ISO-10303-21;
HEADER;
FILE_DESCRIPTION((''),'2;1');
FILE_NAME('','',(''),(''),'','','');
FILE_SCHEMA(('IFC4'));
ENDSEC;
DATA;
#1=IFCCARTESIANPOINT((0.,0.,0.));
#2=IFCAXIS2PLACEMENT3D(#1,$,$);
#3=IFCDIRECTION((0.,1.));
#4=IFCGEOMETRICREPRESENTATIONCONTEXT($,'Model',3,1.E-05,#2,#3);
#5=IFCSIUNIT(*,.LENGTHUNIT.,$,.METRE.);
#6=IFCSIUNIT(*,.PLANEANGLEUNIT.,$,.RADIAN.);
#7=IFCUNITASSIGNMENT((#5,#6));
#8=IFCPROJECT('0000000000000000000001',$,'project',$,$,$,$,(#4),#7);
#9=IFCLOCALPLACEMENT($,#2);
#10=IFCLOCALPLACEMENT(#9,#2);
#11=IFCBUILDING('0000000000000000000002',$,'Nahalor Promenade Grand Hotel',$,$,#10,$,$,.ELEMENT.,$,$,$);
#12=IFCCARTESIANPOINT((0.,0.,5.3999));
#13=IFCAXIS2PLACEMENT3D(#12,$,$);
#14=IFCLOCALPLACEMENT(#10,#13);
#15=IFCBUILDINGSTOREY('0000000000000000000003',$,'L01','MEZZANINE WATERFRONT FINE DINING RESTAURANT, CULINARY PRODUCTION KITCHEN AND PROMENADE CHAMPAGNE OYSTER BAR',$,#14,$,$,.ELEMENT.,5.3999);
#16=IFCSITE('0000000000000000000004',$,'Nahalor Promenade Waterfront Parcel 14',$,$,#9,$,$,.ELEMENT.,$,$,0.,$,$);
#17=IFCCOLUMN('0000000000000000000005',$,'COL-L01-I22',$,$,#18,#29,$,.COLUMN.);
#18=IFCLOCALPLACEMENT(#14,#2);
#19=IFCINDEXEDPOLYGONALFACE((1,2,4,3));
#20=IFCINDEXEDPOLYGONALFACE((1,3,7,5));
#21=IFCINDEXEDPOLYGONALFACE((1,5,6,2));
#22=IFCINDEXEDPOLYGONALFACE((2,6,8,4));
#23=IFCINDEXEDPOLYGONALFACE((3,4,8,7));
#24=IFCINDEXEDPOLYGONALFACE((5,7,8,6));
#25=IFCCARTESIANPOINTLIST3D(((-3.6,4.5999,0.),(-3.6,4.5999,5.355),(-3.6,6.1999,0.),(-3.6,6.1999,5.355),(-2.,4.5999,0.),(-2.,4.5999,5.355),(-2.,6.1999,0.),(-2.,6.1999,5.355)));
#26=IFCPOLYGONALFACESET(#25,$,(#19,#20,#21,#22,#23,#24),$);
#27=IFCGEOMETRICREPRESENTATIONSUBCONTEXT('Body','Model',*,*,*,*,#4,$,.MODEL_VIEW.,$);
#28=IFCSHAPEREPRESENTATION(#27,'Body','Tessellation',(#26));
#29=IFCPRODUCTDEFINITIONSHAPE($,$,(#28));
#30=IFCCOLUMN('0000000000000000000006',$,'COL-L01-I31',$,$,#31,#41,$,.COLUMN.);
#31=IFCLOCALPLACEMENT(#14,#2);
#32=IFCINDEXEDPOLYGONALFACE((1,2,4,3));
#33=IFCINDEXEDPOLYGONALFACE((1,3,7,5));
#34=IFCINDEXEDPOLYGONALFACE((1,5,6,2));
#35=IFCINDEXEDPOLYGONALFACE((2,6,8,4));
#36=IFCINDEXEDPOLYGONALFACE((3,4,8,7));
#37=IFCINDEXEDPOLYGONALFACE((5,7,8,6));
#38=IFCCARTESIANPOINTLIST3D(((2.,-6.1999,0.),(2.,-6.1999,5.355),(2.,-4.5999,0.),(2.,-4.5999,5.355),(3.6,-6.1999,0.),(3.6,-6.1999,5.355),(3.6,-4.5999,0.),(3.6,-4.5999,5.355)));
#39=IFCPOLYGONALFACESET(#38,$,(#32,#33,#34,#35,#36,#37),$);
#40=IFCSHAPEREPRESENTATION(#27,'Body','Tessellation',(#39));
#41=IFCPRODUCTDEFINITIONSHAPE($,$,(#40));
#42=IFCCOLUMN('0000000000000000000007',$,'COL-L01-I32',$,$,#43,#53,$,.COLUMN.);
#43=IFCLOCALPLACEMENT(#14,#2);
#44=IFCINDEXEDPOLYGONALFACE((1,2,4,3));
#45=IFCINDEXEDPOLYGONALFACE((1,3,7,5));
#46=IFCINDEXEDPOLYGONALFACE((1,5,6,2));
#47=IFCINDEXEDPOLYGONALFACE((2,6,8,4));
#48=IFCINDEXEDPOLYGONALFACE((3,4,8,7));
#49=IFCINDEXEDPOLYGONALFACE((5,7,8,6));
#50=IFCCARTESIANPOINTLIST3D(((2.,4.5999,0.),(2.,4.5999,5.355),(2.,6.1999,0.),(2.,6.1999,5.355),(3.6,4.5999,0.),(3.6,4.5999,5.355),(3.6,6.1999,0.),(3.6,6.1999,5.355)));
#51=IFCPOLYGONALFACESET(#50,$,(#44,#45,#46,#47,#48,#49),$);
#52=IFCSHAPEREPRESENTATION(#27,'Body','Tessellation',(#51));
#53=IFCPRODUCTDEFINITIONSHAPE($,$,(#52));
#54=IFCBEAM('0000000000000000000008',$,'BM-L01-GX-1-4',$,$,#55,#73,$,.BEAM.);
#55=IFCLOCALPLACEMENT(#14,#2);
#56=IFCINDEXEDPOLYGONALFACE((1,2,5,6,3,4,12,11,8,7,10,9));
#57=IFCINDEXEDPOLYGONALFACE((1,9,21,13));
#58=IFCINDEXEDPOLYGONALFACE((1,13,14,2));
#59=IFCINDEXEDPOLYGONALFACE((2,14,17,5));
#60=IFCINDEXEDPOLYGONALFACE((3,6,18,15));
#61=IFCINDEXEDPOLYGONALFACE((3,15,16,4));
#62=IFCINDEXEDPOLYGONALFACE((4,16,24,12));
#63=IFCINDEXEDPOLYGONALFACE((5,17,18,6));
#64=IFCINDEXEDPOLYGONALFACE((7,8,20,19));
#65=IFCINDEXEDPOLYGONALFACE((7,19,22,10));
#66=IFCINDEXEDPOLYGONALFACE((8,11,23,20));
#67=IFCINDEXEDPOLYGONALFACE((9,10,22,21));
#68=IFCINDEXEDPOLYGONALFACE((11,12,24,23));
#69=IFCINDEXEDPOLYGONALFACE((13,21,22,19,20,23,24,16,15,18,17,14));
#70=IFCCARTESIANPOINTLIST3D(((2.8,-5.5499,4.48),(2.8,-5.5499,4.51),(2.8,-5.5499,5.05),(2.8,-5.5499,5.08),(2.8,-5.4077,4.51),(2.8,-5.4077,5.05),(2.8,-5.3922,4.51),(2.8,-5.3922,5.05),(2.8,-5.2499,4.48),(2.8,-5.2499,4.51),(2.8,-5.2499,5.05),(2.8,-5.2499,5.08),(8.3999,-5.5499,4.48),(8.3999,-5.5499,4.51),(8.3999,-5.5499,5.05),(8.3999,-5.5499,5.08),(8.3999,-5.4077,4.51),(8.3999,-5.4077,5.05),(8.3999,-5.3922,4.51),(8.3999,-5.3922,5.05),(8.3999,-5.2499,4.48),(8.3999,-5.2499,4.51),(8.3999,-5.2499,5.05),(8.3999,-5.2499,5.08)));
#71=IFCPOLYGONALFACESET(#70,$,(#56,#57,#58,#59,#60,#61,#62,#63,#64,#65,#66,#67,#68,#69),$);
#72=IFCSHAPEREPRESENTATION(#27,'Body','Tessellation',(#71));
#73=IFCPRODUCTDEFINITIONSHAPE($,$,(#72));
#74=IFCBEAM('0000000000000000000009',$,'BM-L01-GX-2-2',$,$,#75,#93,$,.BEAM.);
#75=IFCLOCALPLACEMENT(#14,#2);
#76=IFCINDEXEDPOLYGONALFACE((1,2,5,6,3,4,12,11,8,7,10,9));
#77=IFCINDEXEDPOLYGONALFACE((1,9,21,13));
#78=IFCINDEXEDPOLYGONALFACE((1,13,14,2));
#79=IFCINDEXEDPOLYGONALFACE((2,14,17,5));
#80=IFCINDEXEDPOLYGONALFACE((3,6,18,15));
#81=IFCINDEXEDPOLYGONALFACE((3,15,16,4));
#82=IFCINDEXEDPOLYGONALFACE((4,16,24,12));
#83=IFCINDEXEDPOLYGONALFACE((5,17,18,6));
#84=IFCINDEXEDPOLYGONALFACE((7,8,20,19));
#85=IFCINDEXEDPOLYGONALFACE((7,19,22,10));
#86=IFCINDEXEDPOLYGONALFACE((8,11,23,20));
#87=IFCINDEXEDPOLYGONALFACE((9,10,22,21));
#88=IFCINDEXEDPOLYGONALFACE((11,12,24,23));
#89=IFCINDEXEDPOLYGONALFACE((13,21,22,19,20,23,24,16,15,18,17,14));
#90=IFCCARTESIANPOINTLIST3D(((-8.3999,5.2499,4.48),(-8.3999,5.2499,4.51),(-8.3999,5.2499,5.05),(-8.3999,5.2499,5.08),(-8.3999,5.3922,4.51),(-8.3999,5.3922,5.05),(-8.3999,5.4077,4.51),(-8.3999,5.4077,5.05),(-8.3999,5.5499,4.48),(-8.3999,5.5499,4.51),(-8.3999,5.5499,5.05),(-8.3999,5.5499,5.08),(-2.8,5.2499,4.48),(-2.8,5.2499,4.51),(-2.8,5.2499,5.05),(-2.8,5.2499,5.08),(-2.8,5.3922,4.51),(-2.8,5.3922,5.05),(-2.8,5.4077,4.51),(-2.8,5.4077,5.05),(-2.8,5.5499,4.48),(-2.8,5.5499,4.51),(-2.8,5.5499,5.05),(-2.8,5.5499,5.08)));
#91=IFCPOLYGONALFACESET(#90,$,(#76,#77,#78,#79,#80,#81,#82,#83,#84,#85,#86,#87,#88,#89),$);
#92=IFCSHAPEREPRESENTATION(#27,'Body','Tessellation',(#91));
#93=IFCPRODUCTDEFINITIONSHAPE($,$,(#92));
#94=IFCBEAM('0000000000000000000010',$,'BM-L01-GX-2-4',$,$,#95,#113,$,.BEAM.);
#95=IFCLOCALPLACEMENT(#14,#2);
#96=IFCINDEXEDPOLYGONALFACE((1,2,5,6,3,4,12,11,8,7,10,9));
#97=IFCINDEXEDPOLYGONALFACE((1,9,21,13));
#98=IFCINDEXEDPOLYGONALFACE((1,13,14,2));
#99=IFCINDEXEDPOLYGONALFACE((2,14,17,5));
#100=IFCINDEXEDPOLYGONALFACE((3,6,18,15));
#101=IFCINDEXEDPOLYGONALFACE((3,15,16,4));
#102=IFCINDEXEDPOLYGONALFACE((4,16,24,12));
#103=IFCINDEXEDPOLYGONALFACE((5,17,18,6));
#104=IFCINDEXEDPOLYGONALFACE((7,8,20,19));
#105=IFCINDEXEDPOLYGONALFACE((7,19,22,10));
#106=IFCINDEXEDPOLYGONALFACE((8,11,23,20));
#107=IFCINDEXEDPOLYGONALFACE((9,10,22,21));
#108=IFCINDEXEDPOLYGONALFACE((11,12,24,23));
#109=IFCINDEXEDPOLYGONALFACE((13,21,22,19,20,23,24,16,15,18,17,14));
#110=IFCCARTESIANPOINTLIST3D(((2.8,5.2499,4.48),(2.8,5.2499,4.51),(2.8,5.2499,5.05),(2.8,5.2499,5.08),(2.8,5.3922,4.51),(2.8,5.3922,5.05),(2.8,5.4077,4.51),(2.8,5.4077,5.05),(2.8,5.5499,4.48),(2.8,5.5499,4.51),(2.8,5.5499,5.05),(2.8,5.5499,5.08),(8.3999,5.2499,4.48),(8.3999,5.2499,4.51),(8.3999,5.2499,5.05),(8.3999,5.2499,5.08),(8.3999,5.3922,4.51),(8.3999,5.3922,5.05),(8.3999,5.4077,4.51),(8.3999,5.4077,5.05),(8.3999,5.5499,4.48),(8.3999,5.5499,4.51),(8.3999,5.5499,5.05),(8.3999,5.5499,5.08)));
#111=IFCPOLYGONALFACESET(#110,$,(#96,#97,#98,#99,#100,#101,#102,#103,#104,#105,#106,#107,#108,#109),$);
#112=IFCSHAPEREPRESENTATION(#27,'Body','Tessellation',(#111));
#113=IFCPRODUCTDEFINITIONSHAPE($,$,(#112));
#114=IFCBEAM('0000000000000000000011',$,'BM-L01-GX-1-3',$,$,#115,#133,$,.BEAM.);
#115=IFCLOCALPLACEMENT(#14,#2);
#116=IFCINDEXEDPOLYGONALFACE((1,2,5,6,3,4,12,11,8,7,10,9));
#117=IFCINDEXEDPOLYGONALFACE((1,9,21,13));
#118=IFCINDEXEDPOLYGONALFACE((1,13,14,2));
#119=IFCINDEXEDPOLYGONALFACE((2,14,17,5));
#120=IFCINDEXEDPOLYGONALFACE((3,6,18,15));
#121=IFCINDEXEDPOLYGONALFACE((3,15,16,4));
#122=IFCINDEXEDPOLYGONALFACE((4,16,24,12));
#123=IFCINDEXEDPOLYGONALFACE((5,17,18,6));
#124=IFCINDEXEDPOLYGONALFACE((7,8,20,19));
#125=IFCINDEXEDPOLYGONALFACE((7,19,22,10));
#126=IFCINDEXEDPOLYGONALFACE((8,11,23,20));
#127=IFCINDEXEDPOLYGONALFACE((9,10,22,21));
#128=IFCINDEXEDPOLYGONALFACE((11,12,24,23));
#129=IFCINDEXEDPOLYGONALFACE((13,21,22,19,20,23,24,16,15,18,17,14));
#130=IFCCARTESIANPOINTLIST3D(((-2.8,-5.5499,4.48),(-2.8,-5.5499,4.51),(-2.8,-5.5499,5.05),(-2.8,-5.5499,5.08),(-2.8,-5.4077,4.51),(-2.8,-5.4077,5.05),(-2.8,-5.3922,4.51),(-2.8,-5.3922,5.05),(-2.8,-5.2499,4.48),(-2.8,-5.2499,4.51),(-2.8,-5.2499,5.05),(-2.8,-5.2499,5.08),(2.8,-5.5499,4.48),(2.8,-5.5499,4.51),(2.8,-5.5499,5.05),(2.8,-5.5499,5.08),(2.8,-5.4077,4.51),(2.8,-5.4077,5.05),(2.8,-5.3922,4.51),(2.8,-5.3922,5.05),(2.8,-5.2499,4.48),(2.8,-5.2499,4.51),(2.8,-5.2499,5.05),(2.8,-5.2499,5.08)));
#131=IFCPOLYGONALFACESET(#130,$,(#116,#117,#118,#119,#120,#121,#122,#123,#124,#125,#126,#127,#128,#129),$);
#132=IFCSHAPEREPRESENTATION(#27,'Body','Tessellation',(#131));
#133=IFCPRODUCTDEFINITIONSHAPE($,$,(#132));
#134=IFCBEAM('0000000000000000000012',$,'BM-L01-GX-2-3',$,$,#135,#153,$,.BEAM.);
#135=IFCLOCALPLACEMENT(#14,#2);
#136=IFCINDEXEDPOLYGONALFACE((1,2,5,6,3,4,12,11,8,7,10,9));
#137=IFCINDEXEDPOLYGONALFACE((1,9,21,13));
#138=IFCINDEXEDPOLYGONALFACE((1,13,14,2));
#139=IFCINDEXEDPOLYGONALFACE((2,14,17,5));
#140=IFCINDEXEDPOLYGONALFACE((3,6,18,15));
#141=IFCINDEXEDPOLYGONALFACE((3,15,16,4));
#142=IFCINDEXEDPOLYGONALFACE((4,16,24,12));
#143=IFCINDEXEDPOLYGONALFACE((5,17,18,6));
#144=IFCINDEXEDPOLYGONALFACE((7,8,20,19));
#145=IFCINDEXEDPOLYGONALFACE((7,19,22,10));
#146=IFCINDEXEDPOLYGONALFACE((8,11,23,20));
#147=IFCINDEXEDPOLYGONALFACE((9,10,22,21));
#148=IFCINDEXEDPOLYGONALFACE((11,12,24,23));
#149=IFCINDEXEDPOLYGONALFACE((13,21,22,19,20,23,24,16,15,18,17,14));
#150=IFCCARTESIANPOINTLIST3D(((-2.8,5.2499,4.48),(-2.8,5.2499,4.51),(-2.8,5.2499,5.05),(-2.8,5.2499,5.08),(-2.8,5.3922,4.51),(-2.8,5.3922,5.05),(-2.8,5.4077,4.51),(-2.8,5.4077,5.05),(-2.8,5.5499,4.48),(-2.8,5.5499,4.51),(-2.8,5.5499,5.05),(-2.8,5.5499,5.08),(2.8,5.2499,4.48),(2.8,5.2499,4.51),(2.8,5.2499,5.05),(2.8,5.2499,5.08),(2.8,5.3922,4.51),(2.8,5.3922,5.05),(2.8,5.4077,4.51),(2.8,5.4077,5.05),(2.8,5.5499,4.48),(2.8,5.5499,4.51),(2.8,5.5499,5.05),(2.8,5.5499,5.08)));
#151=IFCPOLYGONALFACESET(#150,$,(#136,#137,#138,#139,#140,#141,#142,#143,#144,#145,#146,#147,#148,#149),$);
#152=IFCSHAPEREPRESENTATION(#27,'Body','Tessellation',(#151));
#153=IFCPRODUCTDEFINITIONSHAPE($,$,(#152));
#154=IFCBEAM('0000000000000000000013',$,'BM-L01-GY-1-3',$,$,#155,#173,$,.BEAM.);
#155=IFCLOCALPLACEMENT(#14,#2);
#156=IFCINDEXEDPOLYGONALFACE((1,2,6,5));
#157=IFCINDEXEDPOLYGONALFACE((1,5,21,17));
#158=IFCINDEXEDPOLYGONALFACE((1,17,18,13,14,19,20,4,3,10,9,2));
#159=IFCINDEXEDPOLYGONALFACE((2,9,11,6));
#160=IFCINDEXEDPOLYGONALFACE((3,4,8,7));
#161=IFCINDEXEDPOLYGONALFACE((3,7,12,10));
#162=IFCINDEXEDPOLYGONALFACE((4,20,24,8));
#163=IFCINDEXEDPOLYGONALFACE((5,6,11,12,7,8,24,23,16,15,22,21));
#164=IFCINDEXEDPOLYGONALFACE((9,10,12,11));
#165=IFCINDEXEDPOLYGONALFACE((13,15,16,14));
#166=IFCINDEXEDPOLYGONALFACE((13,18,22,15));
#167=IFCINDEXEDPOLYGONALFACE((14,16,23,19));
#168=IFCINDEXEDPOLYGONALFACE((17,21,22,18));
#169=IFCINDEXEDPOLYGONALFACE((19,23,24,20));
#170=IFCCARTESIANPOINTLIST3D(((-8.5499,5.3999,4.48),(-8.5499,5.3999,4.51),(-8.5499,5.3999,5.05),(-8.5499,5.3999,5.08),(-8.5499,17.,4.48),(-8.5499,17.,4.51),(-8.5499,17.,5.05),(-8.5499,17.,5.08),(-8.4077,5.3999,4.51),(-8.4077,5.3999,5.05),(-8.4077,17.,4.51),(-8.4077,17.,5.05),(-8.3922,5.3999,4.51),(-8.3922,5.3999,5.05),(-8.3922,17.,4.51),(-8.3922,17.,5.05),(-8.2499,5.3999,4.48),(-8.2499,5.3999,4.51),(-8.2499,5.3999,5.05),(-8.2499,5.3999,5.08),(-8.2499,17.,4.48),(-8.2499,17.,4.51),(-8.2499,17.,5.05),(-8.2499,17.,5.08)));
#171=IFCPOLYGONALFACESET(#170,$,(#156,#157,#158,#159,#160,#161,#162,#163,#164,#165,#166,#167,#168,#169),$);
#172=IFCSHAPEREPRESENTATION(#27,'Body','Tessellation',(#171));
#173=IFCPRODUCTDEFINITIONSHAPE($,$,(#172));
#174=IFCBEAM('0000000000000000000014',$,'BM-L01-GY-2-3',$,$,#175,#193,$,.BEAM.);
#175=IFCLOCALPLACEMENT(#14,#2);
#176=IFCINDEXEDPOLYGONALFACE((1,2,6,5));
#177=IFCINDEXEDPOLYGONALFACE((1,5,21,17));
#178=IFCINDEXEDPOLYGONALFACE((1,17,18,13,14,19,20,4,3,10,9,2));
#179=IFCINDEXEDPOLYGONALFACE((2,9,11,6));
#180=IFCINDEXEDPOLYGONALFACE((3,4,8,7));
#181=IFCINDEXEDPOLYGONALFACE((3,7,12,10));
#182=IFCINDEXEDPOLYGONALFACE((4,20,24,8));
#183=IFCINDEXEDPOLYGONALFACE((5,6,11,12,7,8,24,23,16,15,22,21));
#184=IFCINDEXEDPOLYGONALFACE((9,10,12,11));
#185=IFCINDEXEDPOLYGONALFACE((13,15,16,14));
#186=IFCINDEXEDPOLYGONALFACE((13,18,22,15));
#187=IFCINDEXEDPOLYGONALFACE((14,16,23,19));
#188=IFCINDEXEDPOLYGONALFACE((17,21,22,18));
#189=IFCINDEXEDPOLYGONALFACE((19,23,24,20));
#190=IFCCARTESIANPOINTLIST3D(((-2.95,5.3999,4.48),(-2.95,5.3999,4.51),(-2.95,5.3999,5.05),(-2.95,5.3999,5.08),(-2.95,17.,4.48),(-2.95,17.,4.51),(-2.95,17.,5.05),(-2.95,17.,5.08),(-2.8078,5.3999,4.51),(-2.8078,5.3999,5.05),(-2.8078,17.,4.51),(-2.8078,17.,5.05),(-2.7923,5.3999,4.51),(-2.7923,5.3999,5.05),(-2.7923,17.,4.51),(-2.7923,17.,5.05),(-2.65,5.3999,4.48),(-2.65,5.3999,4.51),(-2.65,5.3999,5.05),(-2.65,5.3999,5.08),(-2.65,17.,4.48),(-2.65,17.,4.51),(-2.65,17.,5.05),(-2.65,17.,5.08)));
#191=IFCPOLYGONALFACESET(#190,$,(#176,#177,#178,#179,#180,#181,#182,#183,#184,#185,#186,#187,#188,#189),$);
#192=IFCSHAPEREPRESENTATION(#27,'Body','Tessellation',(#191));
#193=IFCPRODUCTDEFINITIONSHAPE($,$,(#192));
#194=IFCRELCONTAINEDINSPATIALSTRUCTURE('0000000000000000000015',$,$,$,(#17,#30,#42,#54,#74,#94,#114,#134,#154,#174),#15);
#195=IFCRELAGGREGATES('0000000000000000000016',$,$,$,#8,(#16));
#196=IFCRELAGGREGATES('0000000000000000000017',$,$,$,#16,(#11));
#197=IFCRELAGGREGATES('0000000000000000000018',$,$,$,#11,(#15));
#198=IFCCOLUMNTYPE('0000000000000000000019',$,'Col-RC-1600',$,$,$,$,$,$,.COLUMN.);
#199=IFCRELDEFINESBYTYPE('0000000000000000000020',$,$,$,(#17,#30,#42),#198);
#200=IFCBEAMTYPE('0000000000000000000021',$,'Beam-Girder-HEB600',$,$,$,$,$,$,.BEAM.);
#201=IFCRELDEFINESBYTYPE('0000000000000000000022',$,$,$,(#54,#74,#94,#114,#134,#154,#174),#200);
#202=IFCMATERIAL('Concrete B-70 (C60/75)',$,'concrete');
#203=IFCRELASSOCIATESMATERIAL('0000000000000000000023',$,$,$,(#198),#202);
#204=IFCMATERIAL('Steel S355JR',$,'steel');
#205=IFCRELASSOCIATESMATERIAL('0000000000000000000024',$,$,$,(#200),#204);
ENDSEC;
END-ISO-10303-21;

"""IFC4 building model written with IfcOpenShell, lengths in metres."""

from ifc_helpers import new_model, si_unit, direction, frame, origin, origin_2d, place, context, subcontext, project, spatial, rectangle, i_section, extrude, source, transform, mapped, material, material_profile, profile_set, type_object, element, save


model = new_model("IFC4")

# Units and contexts
model_context = context("Model", 3, precision=1e-05, world=origin(), true_north=direction((0.0, 1.0)))
body_context = subcontext(model_context, "Body", "Model", "MODEL_VIEW")
ifc_project = project(units=[si_unit("LENGTHUNIT", "METRE"), si_unit("PLANEANGLEUNIT", "RADIAN")], contexts=[model_context])

# Site, building, storey
site_placement = place(None, origin())
site = spatial("IfcSite", under=ifc_project, at=site_placement, Name="Nahalor Promenade Waterfront Parcel 14", CompositionType="ELEMENT", RefElevation=0.0)
building_placement = place(site_placement, origin())
building = spatial("IfcBuilding", under=site, at=building_placement, Name="Nahalor Promenade Grand Hotel", CompositionType="ELEMENT")
storey_placement = place(building_placement, frame((0.0, 0.0, 5.3999)))
storey = spatial("IfcBuildingStorey", under=building, at=storey_placement, Name="L01", Description="MEZZANINE WATERFRONT FINE DINING RESTAURANT, CULINARY PRODUCTION KITCHEN AND PROMENADE CHAMPAGNE OYSTER BAR", CompositionType="ELEMENT", Elevation=5.3999)

# Columns
ifc_material_1 = material(Name="Concrete B-70 (C60/75)", Category="concrete")
ifc_material_profile_1 = material_profile(ifc_material_1, rectangle(XDim=1.6, YDim=1.6, at=origin_2d()), Name="RC 1600x1600")
ifc_profile_set_1 = profile_set([ifc_material_profile_1], Name="Concrete B-70 (C60/75)")
column_type = type_object("IfcColumnType", Name="Col-RC-1600", PredefinedType="COLUMN", material=ifc_profile_set_1)
shared_shape_1 = source(origin(), body_context, "Body", "SweptSolid", [
    extrude(rectangle(XDim=1.6, YDim=1.6, at=origin_2d()), origin(), (0.0, 0.0, 1.0), 5.355),
])
for number, where, z_axis, x_axis, name in (
    (1, (-2.8, 5.3999, 0.0), (0.0, 0.0, 1.0), (1.0, 0.0, 0.0), "COL-L01-I22"),
    (2, (2.8, -5.3999, 0.0), (0.0, 0.0, 1.0), (1.0, 0.0, 0.0), "COL-L01-I31"),
    (3, (2.8, 5.3999, 0.0), (0.0, 0.0, 1.0), (1.0, 0.0, 0.0), "COL-L01-I32"),
):
    element("IfcColumn", number, at=place(storey_placement, frame(where, z_axis=z_axis, x_axis=x_axis)), inside=storey, type_object=column_type, Name=name, PredefinedType="COLUMN", context=body_context, shape_type="MappedRepresentation", body=[
        mapped(shared_shape_1, transform((0.0, 0.0, 0.0), scale=1.0)),
    ])

# Beams
ifc_material_2 = material(Name="Steel S355JR", Category="steel")
ifc_material_profile_2 = material_profile(ifc_material_2, i_section(OverallWidth=0.3, OverallDepth=0.6, WebThickness=0.0155, FlangeThickness=0.03, at=origin_2d()), Name="HEB 600")
ifc_profile_set_2 = profile_set([ifc_material_profile_2], Name="Steel S355JR")
beam_type = type_object("IfcBeamType", Name="Beam-Girder-HEB600", PredefinedType="BEAM", material=ifc_profile_set_2)
shared_shape_2 = source(origin(), body_context, "Body", "SweptSolid", [
    extrude(i_section(OverallWidth=0.3, OverallDepth=0.6, WebThickness=0.0155, FlangeThickness=0.03, at=origin_2d()), origin(), (0.0, 0.0, 1.0), 5.5999),
])
for number, where, z_axis, x_axis, name in (
    (4, (2.8, -5.3999, 4.78), (1.0, 0.0, 0.0), (0.0, 1.0, 0.0), "BM-L01-GX-1-4"),
    (5, (-8.3999, 5.3999, 4.78), (1.0, 0.0, 0.0), (0.0, 1.0, 0.0), "BM-L01-GX-2-2"),
    (6, (2.8, 5.3999, 4.78), (1.0, 0.0, 0.0), (0.0, 1.0, 0.0), "BM-L01-GX-2-4"),
):
    element("IfcBeam", number, at=place(storey_placement, frame(where, z_axis=z_axis, x_axis=x_axis)), inside=storey, type_object=beam_type, Name=name, PredefinedType="BEAM", context=body_context, shape_type="MappedRepresentation", body=[
        mapped(shared_shape_2, transform((0.0, 0.0, 0.0), scale=1.0)),
    ])
shared_shape_3 = source(origin(), body_context, "Body", "SweptSolid", [
    extrude(i_section(OverallWidth=0.3, OverallDepth=0.6, WebThickness=0.0155, FlangeThickness=0.03, at=origin_2d()), origin(), (0.0, 0.0, 1.0), 5.6001),
])
for number, where, z_axis, x_axis, name in (
    (7, (-2.8, -5.3999, 4.78), (1.0, 0.0, 0.0), (0.0, 1.0, 0.0), "BM-L01-GX-1-3"),
    (8, (-2.8, 5.3999, 4.78), (1.0, 0.0, 0.0), (0.0, 1.0, 0.0), "BM-L01-GX-2-3"),
):
    element("IfcBeam", number, at=place(storey_placement, frame(where, z_axis=z_axis, x_axis=x_axis)), inside=storey, type_object=beam_type, Name=name, PredefinedType="BEAM", context=body_context, shape_type="MappedRepresentation", body=[
        mapped(shared_shape_3, transform((0.0, 0.0, 0.0), scale=1.0)),
    ])
shared_shape_4 = source(origin(), body_context, "Body", "SweptSolid", [
    extrude(i_section(OverallWidth=0.3, OverallDepth=0.6, WebThickness=0.0155, FlangeThickness=0.03, at=origin_2d()), origin(), (0.0, 0.0, 1.0), 11.6001),
])
for number, where, z_axis, x_axis, name in (
    (9, (-8.3999, 5.3999, 4.78), (0.0, 1.0, 0.0), (-1.0, 0.0, 0.0), "BM-L01-GY-1-3"),
    (10, (-2.8, 5.3999, 4.78), (0.0, 1.0, 0.0), (-1.0, 0.0, 0.0), "BM-L01-GY-2-3"),
):
    element("IfcBeam", number, at=place(storey_placement, frame(where, z_axis=z_axis, x_axis=x_axis)), inside=storey, type_object=beam_type, Name=name, PredefinedType="BEAM", context=body_context, shape_type="MappedRepresentation", body=[
        mapped(shared_shape_4, transform((0.0, 0.0, 0.0), scale=1.0)),
    ])

save(model, "model.ifc")
